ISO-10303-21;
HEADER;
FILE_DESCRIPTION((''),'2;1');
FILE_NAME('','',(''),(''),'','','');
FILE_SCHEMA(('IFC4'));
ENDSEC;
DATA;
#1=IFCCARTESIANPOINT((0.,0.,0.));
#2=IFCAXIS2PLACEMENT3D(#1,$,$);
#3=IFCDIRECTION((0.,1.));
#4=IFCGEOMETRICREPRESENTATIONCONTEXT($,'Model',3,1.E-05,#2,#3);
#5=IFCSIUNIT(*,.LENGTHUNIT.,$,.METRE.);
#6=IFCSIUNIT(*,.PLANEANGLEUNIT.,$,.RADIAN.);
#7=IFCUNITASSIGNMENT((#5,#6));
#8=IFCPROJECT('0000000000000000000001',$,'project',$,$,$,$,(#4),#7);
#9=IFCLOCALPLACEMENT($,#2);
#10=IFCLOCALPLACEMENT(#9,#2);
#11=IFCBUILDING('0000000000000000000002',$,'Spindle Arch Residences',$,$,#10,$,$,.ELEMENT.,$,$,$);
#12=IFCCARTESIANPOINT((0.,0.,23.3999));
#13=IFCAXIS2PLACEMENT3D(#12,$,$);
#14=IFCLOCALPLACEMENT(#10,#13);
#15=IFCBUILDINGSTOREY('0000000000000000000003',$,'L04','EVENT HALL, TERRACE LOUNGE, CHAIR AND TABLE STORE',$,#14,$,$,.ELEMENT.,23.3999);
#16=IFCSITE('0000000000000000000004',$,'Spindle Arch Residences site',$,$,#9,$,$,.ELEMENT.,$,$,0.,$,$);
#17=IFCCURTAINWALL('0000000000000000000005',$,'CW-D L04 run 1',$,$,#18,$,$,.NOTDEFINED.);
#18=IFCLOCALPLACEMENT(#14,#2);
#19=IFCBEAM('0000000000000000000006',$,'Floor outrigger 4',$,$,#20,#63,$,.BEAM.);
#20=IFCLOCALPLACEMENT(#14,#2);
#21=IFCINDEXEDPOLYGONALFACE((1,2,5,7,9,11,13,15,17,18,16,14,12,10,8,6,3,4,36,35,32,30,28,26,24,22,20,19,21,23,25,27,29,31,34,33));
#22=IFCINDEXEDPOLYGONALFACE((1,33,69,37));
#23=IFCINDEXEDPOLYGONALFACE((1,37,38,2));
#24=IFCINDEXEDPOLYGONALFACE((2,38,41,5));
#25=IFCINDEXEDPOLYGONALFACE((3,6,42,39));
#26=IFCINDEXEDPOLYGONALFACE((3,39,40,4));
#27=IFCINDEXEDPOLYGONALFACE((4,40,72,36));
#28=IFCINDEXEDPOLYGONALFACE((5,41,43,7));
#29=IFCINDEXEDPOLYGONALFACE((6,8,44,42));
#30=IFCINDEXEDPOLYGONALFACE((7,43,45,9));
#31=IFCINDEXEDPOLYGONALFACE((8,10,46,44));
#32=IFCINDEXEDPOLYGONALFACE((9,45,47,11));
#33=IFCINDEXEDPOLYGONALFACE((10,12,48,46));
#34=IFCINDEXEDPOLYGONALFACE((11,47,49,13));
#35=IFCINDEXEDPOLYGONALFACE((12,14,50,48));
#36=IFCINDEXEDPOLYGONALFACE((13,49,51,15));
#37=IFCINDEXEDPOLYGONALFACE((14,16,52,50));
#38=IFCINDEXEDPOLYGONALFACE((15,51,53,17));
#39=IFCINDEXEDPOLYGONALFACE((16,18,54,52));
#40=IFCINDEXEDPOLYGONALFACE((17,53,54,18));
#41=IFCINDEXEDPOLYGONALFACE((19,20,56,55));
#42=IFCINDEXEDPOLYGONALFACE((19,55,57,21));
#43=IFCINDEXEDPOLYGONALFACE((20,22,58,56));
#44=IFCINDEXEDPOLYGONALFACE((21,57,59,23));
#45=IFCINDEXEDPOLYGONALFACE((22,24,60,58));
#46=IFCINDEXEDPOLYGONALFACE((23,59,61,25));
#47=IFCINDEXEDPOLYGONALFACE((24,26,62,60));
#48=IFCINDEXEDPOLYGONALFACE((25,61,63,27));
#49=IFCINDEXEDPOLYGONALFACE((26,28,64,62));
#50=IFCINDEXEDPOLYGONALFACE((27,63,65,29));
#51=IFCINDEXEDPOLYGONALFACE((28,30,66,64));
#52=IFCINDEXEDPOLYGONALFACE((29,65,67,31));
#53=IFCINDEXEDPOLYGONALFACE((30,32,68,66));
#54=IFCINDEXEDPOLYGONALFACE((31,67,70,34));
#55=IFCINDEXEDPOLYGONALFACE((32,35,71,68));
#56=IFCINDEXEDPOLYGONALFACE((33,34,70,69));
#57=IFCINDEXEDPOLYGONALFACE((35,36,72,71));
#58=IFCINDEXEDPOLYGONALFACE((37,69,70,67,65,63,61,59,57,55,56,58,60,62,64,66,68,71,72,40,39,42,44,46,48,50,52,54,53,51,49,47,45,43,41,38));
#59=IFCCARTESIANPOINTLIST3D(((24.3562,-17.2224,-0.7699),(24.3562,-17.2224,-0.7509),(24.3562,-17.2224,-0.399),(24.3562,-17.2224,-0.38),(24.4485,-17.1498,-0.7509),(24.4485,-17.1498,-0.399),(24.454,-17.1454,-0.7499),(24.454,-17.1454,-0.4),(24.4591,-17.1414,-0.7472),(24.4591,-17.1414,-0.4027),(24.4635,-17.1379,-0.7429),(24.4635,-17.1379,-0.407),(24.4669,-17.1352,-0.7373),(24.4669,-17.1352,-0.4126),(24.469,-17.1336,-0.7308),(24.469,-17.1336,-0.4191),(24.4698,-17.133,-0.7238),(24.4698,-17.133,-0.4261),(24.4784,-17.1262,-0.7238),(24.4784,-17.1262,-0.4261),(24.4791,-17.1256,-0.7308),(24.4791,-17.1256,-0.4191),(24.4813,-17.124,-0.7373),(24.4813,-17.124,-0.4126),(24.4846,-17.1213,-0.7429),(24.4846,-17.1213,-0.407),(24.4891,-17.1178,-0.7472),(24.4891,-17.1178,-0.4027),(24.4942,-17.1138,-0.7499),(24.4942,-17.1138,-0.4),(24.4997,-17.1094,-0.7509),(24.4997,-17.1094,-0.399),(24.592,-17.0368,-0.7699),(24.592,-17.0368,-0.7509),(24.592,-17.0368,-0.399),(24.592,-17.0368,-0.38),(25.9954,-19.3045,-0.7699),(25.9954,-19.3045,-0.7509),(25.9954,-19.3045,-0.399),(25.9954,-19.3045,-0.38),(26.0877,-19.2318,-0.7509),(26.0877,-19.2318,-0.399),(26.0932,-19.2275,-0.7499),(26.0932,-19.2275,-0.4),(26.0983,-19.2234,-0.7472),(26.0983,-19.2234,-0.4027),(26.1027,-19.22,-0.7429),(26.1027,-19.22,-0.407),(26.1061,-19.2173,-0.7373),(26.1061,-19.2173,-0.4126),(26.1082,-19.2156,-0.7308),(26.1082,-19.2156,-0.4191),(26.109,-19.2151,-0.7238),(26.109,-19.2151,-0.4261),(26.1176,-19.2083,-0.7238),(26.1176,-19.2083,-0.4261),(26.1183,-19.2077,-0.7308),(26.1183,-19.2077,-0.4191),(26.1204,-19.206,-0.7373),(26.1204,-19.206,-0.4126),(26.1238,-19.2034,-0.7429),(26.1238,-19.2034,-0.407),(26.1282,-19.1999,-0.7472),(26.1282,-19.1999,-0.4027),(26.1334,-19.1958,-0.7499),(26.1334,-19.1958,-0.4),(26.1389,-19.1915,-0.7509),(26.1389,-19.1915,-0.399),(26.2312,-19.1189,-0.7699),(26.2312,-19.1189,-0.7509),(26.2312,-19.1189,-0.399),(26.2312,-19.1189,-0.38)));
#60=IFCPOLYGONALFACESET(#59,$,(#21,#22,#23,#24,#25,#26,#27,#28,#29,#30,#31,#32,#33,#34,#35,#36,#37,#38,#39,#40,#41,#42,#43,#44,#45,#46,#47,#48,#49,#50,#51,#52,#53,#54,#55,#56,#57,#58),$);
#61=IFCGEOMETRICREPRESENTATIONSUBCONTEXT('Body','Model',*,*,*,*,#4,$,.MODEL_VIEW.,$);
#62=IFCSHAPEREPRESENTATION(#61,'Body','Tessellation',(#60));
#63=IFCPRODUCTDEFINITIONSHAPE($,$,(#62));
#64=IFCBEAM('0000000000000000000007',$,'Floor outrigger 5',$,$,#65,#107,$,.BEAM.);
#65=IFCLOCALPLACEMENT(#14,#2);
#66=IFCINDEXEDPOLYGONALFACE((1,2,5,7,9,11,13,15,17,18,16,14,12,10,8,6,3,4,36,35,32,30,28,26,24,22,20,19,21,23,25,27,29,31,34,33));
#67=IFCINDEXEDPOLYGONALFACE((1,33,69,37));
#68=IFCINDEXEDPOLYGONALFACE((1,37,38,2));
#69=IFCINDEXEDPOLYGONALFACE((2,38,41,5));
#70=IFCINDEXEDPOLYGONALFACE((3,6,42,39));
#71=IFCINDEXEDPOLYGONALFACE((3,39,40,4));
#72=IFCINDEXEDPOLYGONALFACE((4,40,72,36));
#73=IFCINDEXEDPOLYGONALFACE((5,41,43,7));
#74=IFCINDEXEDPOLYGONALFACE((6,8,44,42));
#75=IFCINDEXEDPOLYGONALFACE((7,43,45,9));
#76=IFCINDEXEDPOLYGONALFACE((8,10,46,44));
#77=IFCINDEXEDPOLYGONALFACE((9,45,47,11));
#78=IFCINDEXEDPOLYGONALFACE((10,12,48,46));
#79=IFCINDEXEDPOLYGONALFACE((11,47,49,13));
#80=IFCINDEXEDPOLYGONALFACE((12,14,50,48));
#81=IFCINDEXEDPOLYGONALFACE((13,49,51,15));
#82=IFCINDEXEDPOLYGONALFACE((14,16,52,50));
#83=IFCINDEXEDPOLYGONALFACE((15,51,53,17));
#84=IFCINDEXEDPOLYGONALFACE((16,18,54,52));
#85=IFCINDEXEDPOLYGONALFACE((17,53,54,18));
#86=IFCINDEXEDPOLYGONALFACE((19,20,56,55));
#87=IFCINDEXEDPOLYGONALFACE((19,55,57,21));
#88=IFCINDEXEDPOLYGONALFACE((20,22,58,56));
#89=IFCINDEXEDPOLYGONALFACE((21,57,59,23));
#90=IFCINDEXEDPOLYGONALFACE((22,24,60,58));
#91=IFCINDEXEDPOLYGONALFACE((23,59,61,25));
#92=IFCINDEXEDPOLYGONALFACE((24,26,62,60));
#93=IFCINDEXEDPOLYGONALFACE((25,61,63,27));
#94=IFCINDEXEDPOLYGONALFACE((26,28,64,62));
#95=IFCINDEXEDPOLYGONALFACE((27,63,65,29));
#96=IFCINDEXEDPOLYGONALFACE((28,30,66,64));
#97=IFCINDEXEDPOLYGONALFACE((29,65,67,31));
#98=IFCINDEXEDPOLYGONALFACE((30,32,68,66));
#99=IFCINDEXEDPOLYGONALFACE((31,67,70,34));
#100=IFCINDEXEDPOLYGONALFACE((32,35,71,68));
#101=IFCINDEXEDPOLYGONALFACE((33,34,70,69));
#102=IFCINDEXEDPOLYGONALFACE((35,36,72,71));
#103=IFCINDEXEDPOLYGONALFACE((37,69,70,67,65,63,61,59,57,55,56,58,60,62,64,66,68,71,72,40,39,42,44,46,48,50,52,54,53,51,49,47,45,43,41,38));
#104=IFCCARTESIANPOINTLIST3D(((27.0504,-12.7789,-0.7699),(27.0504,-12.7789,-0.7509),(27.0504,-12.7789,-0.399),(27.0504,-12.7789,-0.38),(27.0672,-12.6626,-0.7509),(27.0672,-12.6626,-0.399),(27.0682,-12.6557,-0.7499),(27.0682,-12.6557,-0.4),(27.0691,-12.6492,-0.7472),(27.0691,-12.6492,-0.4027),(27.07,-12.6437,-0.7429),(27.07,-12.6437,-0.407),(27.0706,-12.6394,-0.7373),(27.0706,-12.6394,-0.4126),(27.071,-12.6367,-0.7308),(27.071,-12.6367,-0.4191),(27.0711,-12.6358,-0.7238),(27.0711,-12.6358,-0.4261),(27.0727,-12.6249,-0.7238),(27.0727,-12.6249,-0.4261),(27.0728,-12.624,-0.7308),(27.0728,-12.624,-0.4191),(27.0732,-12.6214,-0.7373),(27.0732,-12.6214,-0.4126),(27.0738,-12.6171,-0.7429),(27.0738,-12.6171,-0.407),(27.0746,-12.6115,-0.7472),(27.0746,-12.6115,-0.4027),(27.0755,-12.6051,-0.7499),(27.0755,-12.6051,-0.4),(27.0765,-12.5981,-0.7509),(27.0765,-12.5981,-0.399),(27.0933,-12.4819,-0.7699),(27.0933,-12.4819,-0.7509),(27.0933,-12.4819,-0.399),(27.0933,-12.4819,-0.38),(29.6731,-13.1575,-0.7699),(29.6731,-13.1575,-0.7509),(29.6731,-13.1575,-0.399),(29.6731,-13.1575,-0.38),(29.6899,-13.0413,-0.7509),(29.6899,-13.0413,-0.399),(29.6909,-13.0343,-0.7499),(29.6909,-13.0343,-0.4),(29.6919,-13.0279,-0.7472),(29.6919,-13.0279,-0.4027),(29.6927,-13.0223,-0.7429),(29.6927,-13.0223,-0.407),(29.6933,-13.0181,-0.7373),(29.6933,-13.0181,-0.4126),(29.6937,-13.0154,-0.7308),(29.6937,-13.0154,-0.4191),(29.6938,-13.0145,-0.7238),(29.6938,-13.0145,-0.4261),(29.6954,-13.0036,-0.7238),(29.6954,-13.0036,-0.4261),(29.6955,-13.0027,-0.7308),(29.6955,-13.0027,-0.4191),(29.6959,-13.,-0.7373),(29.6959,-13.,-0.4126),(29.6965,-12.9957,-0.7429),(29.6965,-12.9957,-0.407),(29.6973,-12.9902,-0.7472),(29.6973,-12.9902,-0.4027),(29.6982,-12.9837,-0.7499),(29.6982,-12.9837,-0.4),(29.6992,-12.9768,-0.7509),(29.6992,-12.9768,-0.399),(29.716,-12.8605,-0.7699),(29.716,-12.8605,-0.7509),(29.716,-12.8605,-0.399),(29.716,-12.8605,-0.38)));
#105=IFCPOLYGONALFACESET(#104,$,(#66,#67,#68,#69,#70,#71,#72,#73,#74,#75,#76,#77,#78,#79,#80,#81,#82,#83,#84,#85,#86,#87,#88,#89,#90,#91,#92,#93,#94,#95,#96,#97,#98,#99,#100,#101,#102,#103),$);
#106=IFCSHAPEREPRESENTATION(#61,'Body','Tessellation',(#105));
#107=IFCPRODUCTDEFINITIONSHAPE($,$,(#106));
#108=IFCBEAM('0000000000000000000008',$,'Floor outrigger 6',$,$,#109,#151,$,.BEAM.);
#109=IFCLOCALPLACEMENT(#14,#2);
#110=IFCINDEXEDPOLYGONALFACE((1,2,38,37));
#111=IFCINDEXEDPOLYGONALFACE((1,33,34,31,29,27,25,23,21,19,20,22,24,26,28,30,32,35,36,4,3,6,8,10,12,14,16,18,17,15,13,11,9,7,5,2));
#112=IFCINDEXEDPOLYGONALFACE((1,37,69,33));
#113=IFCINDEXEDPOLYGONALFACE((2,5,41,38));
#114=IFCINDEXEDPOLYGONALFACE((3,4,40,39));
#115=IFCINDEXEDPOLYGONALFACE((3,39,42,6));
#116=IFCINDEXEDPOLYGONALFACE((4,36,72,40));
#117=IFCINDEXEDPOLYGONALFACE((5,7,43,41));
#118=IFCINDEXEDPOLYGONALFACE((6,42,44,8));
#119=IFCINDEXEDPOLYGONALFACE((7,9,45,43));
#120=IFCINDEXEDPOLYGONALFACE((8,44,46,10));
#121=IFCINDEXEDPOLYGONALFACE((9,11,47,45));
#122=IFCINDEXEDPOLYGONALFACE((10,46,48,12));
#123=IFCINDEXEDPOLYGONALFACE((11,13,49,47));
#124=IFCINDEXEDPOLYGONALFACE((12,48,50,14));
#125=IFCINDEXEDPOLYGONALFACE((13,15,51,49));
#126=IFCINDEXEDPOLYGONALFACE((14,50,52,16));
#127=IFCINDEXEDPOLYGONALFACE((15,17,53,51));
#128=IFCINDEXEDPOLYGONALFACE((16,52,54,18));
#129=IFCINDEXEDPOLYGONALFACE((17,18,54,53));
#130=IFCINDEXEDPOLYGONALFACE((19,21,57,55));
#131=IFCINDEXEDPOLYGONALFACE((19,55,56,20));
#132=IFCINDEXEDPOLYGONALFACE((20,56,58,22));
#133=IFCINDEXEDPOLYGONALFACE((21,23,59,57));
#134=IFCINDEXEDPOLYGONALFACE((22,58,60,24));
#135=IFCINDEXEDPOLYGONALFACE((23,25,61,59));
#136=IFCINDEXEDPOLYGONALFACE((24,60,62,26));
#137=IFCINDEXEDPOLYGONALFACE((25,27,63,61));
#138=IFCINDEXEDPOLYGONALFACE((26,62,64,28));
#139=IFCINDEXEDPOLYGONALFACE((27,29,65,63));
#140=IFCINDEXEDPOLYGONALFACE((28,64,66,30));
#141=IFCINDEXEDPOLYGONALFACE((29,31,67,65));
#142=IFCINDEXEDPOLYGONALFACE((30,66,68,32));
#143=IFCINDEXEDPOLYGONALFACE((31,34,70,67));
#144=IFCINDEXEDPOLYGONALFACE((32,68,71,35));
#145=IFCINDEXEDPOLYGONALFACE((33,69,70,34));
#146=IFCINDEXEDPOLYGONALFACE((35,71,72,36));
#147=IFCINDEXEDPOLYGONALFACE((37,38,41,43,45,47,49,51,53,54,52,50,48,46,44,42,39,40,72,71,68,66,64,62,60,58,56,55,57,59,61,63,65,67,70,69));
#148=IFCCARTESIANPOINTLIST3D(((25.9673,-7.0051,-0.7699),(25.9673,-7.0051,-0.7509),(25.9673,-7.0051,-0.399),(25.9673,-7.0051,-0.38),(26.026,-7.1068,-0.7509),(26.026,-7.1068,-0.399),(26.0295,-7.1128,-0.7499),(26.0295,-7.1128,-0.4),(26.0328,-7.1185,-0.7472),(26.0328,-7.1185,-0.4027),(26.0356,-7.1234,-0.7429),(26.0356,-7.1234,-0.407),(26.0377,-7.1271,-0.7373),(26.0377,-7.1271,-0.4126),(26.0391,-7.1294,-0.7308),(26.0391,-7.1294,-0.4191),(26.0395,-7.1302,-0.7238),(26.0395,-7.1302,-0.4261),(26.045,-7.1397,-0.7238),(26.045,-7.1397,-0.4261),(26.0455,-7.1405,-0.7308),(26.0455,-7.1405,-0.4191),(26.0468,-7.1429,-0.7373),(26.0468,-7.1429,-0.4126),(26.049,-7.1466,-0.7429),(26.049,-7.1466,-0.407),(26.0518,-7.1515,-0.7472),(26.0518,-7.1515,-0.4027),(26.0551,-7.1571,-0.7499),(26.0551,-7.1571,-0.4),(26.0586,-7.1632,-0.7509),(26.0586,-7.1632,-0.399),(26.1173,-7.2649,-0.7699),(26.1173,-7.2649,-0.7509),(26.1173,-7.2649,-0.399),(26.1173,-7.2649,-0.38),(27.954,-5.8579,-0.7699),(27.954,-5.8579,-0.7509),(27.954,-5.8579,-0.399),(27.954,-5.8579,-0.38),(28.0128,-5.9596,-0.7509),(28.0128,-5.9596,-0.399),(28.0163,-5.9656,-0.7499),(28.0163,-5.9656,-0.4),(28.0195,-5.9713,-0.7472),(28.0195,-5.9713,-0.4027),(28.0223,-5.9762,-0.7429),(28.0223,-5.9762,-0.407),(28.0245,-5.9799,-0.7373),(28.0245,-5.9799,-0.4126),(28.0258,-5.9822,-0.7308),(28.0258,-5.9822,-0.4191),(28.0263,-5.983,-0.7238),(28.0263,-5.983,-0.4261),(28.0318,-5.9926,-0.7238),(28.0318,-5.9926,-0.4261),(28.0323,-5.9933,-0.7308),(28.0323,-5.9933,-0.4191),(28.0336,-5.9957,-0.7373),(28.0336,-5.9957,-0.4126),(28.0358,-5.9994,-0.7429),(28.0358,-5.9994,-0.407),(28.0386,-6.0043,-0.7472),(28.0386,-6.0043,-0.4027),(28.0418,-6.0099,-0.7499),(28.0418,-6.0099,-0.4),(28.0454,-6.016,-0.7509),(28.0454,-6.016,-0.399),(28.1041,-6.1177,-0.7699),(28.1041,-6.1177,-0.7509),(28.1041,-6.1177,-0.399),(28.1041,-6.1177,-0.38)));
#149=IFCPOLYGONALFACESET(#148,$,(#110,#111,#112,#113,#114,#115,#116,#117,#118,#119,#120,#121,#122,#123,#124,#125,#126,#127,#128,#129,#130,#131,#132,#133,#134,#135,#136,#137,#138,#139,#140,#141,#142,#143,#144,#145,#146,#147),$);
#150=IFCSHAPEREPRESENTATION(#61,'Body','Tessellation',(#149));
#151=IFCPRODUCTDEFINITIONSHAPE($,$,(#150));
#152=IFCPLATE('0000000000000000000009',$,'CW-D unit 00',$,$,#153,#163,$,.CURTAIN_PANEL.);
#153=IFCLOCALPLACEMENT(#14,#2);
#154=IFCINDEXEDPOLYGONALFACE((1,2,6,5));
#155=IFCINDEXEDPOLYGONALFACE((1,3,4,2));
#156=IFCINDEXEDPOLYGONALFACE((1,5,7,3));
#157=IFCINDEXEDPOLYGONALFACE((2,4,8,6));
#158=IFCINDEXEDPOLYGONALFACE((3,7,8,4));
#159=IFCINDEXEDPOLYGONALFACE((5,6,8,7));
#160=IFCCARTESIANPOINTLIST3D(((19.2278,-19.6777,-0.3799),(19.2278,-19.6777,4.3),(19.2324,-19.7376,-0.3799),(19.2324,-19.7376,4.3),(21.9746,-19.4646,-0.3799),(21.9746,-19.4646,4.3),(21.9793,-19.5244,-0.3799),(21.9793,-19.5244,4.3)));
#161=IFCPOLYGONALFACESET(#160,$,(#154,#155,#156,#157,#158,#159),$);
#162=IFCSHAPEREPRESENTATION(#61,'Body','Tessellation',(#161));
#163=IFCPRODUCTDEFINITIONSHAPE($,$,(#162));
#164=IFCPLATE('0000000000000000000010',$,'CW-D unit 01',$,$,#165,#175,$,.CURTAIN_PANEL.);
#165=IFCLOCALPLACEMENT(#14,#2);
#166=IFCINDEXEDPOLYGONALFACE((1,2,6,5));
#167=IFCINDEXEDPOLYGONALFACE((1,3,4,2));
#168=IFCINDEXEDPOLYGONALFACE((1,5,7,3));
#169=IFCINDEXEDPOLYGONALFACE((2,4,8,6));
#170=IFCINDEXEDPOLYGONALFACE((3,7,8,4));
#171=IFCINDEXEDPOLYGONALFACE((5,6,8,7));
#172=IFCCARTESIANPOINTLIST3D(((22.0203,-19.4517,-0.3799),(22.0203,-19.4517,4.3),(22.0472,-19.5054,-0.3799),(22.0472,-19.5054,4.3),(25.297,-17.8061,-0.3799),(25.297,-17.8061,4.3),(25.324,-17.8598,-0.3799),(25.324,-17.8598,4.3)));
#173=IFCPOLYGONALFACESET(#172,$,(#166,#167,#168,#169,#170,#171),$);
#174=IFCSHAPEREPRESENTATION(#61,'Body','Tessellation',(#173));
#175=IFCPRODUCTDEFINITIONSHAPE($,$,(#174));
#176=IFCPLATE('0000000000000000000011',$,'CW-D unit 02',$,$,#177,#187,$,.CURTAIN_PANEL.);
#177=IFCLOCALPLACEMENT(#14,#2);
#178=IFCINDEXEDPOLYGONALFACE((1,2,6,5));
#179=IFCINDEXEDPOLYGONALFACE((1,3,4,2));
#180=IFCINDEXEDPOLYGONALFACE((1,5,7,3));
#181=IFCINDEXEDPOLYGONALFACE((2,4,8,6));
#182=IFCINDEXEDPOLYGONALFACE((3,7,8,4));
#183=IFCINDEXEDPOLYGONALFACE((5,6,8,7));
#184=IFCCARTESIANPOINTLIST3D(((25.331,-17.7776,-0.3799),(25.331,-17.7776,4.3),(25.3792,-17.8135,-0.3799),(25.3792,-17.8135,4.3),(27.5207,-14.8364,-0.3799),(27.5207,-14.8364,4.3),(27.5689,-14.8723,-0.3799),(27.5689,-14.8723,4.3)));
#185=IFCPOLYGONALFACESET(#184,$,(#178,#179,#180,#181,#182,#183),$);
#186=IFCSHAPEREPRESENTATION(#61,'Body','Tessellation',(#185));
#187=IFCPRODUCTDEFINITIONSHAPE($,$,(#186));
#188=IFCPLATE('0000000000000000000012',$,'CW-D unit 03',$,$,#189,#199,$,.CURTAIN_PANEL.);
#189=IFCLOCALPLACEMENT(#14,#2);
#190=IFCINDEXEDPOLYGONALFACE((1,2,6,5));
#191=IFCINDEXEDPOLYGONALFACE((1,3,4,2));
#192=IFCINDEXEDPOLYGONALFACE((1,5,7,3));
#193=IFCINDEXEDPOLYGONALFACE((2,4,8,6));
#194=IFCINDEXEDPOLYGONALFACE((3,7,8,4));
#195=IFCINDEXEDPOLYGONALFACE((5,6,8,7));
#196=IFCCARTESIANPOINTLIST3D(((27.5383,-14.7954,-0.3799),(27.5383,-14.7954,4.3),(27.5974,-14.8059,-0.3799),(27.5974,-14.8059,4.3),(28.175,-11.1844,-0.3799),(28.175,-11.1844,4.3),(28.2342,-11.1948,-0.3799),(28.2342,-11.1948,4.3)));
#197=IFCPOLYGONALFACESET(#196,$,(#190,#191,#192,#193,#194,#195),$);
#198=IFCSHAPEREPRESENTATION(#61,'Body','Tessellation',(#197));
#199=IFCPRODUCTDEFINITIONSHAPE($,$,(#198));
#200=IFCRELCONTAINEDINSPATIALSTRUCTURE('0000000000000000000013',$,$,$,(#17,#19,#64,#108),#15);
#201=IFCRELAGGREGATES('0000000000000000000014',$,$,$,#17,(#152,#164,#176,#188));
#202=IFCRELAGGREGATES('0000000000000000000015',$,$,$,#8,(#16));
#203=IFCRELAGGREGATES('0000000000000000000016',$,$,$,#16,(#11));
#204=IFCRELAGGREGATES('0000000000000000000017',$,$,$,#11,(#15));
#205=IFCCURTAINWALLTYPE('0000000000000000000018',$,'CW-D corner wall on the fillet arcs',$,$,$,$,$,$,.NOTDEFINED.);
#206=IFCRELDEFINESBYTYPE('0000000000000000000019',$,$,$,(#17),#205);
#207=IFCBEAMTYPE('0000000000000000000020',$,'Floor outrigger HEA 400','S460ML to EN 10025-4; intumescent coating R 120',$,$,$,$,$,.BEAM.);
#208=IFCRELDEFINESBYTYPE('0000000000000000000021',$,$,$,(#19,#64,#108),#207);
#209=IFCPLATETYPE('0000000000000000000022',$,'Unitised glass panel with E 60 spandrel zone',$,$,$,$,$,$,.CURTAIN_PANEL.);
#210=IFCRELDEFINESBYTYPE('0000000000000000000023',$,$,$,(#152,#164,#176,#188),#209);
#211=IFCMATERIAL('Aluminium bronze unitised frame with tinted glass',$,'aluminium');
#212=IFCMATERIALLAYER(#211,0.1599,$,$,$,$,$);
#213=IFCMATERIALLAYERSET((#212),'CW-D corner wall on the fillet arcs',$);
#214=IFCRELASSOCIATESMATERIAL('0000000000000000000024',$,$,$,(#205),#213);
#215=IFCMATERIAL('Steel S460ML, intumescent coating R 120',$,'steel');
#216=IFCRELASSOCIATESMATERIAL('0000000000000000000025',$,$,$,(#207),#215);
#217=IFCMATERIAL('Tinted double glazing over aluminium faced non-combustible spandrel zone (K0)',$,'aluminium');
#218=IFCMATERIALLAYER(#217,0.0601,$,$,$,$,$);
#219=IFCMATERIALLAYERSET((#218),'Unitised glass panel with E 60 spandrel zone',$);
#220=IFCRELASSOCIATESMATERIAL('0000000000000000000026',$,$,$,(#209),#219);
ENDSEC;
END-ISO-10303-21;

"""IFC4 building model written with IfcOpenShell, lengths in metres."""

from ifc_helpers import new_model, si_unit, direction, frame, origin, origin_2d, place, context, subcontext, project, spatial, rectangle, i_section, extrude, material, layer, layer_set, material_profile, profile_set, type_object, element, aggregate, save


model = new_model("IFC4")

# Units and contexts
model_context = context("Model", 3, precision=1e-05, world=origin(), true_north=direction((0.0, 1.0)))
body_context = subcontext(model_context, "Body", "Model", "MODEL_VIEW")
ifc_project = project(units=[si_unit("LENGTHUNIT", "METRE"), si_unit("PLANEANGLEUNIT", "RADIAN")], contexts=[model_context])

# Site, building, storey
site_placement = place(None, origin())
site = spatial("IfcSite", under=ifc_project, at=site_placement, Name="Spindle Arch Residences site", CompositionType="ELEMENT", RefElevation=0.0)
building_placement = place(site_placement, origin())
building = spatial("IfcBuilding", under=site, at=building_placement, Name="Spindle Arch Residences", CompositionType="ELEMENT")
storey_placement = place(building_placement, frame((0.0, 0.0, 23.3999)))
storey = spatial("IfcBuildingStorey", under=building, at=storey_placement, Name="L04", Description="EVENT HALL, TERRACE LOUNGE, CHAIR AND TABLE STORE", CompositionType="ELEMENT", Elevation=23.3999)

# Curtain wall
ifc_material_1 = material(Name="Aluminium bronze unitised frame with tinted glass", Category="aluminium")
ifc_layer_1 = layer(ifc_material_1, 0.1599)
ifc_layer_set_1 = layer_set([ifc_layer_1], Name="CW-D corner wall on the fillet arcs")
curtain_wall_type_1 = type_object("IfcCurtainWallType", Name="CW-D corner wall on the fillet arcs", PredefinedType="NOTDEFINED", material=ifc_layer_set_1)
curtain_wall_1_placement = place(storey_placement, origin())
curtain_wall_1 = element("IfcCurtainWall", 1, at=curtain_wall_1_placement, inside=storey, type_object=curtain_wall_type_1, Name="CW-D L04 run 1", PredefinedType="NOTDEFINED")

# Beams
ifc_material_2 = material(Name="Steel S460ML, intumescent coating R 120", Category="steel")
ifc_material_profile_1 = material_profile(ifc_material_2, i_section(OverallWidth=0.3, OverallDepth=0.3899, WebThickness=0.011, FlangeThickness=0.019, FilletRadius=0.0271, at=origin_2d()), Name="HEA 400")
ifc_profile_set_1 = profile_set([ifc_material_profile_1], Name="Steel S460ML, intumescent coating R 120")
beam_type_1 = type_object("IfcBeamType", Name="Floor outrigger HEA 400", Description="S460ML to EN 10025-4; intumescent coating R 120", PredefinedType="BEAM", material=ifc_profile_set_1)
for number, where, z_axis, x_axis, name in (
    (2, (26.1133, -19.2117, -0.575), (-0.618586, 0.785717, 0.0), (-0.785717, -0.618586, 0.0), "Floor outrigger 4"),
    (3, (29.6946, -13.009, -0.575), (-0.989738, 0.142892, 0.0), (-0.142892, -0.989738, 0.0), "Floor outrigger 5"),
):
    element("IfcBeam", number, at=place(storey_placement, frame(where, z_axis=z_axis, x_axis=x_axis)), inside=storey, type_object=beam_type_1, Name=name, PredefinedType="BEAM", context=body_context, shape_type="SweptSolid", body=[
        extrude(i_section(OverallWidth=0.3, OverallDepth=0.3899, WebThickness=0.011, FlangeThickness=0.019, FilletRadius=0.0271, at=origin_2d()), origin(), (0.0, 0.0, 1.0), 2.6499),
    ])
beam_1_placement = place(storey_placement, frame((28.0291, -5.9878, -0.575), z_axis=(-0.866001, -0.500042, 0.0), x_axis=(0.500042, -0.866001, 0.0)))
element("IfcBeam", 4, at=beam_1_placement, inside=storey, type_object=beam_type_1, Name="Floor outrigger 6", PredefinedType="BEAM", context=body_context, shape_type="SweptSolid", body=[
    extrude(i_section(OverallWidth=0.3, OverallDepth=0.3899, WebThickness=0.011, FlangeThickness=0.019, FilletRadius=0.0271, at=origin_2d()), origin(), (0.0, 0.0, 1.0), 2.2942),
])

# Plates
ifc_material_3 = material(Name="Tinted double glazing over aluminium faced non-combustible spandrel zone (K0)", Category="aluminium")
ifc_layer_2 = layer(ifc_material_3, 0.0601)
ifc_layer_set_2 = layer_set([ifc_layer_2], Name="Unitised glass panel with E 60 spandrel zone")
plate_type = type_object("IfcPlateType", Name="Unitised glass panel with E 60 spandrel zone", PredefinedType="CURTAIN_PANEL", material=ifc_layer_set_2)
plate_1_placement = place(storey_placement, frame((20.6035, -19.6011, -0.3799), z_axis=(0.0, 0.0, 1.0), x_axis=(0.997003, 0.077364, 0.0)))
plate_1 = element("IfcPlate", 5, at=plate_1_placement, type_object=plate_type, Name="CW-D unit 00", PredefinedType="CURTAIN_PANEL", context=body_context, shape_type="SweptSolid", body=[
    extrude(rectangle(XDim=2.7551, YDim=0.0601, at=origin_2d()), origin(), (0.0, 0.0, 1.0), 4.6799),
])
plate_2_placement = place(storey_placement, frame((23.6721, -18.6558, -0.3799), z_axis=(0.0, 0.0, 1.0), x_axis=(0.893633, 0.448799, 0.0)))
plate_2 = element("IfcPlate", 6, at=plate_2_placement, type_object=plate_type, Name="CW-D unit 01", PredefinedType="CURTAIN_PANEL", context=body_context, shape_type="SweptSolid", body=[
    extrude(rectangle(XDim=3.6667, YDim=0.0601, at=origin_2d()), origin(), (0.0, 0.0, 1.0), 4.6799),
])
plate_3_placement = place(storey_placement, frame((26.45, -16.325, -0.3799), z_axis=(0.0, 0.0, 1.0), x_axis=(0.597159, 0.802123, 0.0)))
plate_3 = element("IfcPlate", 7, at=plate_3_placement, type_object=plate_type, Name="CW-D unit 02", PredefinedType="CURTAIN_PANEL", context=body_context, shape_type="SweptSolid", body=[
    extrude(rectangle(XDim=3.6667, YDim=0.0601, at=origin_2d()), origin(), (0.0, 0.0, 1.0), 4.6799),
])
plate_4_placement = place(storey_placement, frame((27.8862, -12.9951, -0.3799), z_axis=(0.0, 0.0, 1.0), x_axis=(0.173648, 0.984808, 0.0)))
plate_4 = element("IfcPlate", 8, at=plate_4_placement, type_object=plate_type, Name="CW-D unit 03", PredefinedType="CURTAIN_PANEL", context=body_context, shape_type="SweptSolid", body=[
    extrude(rectangle(XDim=3.6667, YDim=0.0601, at=origin_2d()), origin(), (0.0, 0.0, 1.0), 4.6799),
])
aggregate(curtain_wall_1, [plate_1, plate_2, plate_3, plate_4])

save(model, "model.ifc")
